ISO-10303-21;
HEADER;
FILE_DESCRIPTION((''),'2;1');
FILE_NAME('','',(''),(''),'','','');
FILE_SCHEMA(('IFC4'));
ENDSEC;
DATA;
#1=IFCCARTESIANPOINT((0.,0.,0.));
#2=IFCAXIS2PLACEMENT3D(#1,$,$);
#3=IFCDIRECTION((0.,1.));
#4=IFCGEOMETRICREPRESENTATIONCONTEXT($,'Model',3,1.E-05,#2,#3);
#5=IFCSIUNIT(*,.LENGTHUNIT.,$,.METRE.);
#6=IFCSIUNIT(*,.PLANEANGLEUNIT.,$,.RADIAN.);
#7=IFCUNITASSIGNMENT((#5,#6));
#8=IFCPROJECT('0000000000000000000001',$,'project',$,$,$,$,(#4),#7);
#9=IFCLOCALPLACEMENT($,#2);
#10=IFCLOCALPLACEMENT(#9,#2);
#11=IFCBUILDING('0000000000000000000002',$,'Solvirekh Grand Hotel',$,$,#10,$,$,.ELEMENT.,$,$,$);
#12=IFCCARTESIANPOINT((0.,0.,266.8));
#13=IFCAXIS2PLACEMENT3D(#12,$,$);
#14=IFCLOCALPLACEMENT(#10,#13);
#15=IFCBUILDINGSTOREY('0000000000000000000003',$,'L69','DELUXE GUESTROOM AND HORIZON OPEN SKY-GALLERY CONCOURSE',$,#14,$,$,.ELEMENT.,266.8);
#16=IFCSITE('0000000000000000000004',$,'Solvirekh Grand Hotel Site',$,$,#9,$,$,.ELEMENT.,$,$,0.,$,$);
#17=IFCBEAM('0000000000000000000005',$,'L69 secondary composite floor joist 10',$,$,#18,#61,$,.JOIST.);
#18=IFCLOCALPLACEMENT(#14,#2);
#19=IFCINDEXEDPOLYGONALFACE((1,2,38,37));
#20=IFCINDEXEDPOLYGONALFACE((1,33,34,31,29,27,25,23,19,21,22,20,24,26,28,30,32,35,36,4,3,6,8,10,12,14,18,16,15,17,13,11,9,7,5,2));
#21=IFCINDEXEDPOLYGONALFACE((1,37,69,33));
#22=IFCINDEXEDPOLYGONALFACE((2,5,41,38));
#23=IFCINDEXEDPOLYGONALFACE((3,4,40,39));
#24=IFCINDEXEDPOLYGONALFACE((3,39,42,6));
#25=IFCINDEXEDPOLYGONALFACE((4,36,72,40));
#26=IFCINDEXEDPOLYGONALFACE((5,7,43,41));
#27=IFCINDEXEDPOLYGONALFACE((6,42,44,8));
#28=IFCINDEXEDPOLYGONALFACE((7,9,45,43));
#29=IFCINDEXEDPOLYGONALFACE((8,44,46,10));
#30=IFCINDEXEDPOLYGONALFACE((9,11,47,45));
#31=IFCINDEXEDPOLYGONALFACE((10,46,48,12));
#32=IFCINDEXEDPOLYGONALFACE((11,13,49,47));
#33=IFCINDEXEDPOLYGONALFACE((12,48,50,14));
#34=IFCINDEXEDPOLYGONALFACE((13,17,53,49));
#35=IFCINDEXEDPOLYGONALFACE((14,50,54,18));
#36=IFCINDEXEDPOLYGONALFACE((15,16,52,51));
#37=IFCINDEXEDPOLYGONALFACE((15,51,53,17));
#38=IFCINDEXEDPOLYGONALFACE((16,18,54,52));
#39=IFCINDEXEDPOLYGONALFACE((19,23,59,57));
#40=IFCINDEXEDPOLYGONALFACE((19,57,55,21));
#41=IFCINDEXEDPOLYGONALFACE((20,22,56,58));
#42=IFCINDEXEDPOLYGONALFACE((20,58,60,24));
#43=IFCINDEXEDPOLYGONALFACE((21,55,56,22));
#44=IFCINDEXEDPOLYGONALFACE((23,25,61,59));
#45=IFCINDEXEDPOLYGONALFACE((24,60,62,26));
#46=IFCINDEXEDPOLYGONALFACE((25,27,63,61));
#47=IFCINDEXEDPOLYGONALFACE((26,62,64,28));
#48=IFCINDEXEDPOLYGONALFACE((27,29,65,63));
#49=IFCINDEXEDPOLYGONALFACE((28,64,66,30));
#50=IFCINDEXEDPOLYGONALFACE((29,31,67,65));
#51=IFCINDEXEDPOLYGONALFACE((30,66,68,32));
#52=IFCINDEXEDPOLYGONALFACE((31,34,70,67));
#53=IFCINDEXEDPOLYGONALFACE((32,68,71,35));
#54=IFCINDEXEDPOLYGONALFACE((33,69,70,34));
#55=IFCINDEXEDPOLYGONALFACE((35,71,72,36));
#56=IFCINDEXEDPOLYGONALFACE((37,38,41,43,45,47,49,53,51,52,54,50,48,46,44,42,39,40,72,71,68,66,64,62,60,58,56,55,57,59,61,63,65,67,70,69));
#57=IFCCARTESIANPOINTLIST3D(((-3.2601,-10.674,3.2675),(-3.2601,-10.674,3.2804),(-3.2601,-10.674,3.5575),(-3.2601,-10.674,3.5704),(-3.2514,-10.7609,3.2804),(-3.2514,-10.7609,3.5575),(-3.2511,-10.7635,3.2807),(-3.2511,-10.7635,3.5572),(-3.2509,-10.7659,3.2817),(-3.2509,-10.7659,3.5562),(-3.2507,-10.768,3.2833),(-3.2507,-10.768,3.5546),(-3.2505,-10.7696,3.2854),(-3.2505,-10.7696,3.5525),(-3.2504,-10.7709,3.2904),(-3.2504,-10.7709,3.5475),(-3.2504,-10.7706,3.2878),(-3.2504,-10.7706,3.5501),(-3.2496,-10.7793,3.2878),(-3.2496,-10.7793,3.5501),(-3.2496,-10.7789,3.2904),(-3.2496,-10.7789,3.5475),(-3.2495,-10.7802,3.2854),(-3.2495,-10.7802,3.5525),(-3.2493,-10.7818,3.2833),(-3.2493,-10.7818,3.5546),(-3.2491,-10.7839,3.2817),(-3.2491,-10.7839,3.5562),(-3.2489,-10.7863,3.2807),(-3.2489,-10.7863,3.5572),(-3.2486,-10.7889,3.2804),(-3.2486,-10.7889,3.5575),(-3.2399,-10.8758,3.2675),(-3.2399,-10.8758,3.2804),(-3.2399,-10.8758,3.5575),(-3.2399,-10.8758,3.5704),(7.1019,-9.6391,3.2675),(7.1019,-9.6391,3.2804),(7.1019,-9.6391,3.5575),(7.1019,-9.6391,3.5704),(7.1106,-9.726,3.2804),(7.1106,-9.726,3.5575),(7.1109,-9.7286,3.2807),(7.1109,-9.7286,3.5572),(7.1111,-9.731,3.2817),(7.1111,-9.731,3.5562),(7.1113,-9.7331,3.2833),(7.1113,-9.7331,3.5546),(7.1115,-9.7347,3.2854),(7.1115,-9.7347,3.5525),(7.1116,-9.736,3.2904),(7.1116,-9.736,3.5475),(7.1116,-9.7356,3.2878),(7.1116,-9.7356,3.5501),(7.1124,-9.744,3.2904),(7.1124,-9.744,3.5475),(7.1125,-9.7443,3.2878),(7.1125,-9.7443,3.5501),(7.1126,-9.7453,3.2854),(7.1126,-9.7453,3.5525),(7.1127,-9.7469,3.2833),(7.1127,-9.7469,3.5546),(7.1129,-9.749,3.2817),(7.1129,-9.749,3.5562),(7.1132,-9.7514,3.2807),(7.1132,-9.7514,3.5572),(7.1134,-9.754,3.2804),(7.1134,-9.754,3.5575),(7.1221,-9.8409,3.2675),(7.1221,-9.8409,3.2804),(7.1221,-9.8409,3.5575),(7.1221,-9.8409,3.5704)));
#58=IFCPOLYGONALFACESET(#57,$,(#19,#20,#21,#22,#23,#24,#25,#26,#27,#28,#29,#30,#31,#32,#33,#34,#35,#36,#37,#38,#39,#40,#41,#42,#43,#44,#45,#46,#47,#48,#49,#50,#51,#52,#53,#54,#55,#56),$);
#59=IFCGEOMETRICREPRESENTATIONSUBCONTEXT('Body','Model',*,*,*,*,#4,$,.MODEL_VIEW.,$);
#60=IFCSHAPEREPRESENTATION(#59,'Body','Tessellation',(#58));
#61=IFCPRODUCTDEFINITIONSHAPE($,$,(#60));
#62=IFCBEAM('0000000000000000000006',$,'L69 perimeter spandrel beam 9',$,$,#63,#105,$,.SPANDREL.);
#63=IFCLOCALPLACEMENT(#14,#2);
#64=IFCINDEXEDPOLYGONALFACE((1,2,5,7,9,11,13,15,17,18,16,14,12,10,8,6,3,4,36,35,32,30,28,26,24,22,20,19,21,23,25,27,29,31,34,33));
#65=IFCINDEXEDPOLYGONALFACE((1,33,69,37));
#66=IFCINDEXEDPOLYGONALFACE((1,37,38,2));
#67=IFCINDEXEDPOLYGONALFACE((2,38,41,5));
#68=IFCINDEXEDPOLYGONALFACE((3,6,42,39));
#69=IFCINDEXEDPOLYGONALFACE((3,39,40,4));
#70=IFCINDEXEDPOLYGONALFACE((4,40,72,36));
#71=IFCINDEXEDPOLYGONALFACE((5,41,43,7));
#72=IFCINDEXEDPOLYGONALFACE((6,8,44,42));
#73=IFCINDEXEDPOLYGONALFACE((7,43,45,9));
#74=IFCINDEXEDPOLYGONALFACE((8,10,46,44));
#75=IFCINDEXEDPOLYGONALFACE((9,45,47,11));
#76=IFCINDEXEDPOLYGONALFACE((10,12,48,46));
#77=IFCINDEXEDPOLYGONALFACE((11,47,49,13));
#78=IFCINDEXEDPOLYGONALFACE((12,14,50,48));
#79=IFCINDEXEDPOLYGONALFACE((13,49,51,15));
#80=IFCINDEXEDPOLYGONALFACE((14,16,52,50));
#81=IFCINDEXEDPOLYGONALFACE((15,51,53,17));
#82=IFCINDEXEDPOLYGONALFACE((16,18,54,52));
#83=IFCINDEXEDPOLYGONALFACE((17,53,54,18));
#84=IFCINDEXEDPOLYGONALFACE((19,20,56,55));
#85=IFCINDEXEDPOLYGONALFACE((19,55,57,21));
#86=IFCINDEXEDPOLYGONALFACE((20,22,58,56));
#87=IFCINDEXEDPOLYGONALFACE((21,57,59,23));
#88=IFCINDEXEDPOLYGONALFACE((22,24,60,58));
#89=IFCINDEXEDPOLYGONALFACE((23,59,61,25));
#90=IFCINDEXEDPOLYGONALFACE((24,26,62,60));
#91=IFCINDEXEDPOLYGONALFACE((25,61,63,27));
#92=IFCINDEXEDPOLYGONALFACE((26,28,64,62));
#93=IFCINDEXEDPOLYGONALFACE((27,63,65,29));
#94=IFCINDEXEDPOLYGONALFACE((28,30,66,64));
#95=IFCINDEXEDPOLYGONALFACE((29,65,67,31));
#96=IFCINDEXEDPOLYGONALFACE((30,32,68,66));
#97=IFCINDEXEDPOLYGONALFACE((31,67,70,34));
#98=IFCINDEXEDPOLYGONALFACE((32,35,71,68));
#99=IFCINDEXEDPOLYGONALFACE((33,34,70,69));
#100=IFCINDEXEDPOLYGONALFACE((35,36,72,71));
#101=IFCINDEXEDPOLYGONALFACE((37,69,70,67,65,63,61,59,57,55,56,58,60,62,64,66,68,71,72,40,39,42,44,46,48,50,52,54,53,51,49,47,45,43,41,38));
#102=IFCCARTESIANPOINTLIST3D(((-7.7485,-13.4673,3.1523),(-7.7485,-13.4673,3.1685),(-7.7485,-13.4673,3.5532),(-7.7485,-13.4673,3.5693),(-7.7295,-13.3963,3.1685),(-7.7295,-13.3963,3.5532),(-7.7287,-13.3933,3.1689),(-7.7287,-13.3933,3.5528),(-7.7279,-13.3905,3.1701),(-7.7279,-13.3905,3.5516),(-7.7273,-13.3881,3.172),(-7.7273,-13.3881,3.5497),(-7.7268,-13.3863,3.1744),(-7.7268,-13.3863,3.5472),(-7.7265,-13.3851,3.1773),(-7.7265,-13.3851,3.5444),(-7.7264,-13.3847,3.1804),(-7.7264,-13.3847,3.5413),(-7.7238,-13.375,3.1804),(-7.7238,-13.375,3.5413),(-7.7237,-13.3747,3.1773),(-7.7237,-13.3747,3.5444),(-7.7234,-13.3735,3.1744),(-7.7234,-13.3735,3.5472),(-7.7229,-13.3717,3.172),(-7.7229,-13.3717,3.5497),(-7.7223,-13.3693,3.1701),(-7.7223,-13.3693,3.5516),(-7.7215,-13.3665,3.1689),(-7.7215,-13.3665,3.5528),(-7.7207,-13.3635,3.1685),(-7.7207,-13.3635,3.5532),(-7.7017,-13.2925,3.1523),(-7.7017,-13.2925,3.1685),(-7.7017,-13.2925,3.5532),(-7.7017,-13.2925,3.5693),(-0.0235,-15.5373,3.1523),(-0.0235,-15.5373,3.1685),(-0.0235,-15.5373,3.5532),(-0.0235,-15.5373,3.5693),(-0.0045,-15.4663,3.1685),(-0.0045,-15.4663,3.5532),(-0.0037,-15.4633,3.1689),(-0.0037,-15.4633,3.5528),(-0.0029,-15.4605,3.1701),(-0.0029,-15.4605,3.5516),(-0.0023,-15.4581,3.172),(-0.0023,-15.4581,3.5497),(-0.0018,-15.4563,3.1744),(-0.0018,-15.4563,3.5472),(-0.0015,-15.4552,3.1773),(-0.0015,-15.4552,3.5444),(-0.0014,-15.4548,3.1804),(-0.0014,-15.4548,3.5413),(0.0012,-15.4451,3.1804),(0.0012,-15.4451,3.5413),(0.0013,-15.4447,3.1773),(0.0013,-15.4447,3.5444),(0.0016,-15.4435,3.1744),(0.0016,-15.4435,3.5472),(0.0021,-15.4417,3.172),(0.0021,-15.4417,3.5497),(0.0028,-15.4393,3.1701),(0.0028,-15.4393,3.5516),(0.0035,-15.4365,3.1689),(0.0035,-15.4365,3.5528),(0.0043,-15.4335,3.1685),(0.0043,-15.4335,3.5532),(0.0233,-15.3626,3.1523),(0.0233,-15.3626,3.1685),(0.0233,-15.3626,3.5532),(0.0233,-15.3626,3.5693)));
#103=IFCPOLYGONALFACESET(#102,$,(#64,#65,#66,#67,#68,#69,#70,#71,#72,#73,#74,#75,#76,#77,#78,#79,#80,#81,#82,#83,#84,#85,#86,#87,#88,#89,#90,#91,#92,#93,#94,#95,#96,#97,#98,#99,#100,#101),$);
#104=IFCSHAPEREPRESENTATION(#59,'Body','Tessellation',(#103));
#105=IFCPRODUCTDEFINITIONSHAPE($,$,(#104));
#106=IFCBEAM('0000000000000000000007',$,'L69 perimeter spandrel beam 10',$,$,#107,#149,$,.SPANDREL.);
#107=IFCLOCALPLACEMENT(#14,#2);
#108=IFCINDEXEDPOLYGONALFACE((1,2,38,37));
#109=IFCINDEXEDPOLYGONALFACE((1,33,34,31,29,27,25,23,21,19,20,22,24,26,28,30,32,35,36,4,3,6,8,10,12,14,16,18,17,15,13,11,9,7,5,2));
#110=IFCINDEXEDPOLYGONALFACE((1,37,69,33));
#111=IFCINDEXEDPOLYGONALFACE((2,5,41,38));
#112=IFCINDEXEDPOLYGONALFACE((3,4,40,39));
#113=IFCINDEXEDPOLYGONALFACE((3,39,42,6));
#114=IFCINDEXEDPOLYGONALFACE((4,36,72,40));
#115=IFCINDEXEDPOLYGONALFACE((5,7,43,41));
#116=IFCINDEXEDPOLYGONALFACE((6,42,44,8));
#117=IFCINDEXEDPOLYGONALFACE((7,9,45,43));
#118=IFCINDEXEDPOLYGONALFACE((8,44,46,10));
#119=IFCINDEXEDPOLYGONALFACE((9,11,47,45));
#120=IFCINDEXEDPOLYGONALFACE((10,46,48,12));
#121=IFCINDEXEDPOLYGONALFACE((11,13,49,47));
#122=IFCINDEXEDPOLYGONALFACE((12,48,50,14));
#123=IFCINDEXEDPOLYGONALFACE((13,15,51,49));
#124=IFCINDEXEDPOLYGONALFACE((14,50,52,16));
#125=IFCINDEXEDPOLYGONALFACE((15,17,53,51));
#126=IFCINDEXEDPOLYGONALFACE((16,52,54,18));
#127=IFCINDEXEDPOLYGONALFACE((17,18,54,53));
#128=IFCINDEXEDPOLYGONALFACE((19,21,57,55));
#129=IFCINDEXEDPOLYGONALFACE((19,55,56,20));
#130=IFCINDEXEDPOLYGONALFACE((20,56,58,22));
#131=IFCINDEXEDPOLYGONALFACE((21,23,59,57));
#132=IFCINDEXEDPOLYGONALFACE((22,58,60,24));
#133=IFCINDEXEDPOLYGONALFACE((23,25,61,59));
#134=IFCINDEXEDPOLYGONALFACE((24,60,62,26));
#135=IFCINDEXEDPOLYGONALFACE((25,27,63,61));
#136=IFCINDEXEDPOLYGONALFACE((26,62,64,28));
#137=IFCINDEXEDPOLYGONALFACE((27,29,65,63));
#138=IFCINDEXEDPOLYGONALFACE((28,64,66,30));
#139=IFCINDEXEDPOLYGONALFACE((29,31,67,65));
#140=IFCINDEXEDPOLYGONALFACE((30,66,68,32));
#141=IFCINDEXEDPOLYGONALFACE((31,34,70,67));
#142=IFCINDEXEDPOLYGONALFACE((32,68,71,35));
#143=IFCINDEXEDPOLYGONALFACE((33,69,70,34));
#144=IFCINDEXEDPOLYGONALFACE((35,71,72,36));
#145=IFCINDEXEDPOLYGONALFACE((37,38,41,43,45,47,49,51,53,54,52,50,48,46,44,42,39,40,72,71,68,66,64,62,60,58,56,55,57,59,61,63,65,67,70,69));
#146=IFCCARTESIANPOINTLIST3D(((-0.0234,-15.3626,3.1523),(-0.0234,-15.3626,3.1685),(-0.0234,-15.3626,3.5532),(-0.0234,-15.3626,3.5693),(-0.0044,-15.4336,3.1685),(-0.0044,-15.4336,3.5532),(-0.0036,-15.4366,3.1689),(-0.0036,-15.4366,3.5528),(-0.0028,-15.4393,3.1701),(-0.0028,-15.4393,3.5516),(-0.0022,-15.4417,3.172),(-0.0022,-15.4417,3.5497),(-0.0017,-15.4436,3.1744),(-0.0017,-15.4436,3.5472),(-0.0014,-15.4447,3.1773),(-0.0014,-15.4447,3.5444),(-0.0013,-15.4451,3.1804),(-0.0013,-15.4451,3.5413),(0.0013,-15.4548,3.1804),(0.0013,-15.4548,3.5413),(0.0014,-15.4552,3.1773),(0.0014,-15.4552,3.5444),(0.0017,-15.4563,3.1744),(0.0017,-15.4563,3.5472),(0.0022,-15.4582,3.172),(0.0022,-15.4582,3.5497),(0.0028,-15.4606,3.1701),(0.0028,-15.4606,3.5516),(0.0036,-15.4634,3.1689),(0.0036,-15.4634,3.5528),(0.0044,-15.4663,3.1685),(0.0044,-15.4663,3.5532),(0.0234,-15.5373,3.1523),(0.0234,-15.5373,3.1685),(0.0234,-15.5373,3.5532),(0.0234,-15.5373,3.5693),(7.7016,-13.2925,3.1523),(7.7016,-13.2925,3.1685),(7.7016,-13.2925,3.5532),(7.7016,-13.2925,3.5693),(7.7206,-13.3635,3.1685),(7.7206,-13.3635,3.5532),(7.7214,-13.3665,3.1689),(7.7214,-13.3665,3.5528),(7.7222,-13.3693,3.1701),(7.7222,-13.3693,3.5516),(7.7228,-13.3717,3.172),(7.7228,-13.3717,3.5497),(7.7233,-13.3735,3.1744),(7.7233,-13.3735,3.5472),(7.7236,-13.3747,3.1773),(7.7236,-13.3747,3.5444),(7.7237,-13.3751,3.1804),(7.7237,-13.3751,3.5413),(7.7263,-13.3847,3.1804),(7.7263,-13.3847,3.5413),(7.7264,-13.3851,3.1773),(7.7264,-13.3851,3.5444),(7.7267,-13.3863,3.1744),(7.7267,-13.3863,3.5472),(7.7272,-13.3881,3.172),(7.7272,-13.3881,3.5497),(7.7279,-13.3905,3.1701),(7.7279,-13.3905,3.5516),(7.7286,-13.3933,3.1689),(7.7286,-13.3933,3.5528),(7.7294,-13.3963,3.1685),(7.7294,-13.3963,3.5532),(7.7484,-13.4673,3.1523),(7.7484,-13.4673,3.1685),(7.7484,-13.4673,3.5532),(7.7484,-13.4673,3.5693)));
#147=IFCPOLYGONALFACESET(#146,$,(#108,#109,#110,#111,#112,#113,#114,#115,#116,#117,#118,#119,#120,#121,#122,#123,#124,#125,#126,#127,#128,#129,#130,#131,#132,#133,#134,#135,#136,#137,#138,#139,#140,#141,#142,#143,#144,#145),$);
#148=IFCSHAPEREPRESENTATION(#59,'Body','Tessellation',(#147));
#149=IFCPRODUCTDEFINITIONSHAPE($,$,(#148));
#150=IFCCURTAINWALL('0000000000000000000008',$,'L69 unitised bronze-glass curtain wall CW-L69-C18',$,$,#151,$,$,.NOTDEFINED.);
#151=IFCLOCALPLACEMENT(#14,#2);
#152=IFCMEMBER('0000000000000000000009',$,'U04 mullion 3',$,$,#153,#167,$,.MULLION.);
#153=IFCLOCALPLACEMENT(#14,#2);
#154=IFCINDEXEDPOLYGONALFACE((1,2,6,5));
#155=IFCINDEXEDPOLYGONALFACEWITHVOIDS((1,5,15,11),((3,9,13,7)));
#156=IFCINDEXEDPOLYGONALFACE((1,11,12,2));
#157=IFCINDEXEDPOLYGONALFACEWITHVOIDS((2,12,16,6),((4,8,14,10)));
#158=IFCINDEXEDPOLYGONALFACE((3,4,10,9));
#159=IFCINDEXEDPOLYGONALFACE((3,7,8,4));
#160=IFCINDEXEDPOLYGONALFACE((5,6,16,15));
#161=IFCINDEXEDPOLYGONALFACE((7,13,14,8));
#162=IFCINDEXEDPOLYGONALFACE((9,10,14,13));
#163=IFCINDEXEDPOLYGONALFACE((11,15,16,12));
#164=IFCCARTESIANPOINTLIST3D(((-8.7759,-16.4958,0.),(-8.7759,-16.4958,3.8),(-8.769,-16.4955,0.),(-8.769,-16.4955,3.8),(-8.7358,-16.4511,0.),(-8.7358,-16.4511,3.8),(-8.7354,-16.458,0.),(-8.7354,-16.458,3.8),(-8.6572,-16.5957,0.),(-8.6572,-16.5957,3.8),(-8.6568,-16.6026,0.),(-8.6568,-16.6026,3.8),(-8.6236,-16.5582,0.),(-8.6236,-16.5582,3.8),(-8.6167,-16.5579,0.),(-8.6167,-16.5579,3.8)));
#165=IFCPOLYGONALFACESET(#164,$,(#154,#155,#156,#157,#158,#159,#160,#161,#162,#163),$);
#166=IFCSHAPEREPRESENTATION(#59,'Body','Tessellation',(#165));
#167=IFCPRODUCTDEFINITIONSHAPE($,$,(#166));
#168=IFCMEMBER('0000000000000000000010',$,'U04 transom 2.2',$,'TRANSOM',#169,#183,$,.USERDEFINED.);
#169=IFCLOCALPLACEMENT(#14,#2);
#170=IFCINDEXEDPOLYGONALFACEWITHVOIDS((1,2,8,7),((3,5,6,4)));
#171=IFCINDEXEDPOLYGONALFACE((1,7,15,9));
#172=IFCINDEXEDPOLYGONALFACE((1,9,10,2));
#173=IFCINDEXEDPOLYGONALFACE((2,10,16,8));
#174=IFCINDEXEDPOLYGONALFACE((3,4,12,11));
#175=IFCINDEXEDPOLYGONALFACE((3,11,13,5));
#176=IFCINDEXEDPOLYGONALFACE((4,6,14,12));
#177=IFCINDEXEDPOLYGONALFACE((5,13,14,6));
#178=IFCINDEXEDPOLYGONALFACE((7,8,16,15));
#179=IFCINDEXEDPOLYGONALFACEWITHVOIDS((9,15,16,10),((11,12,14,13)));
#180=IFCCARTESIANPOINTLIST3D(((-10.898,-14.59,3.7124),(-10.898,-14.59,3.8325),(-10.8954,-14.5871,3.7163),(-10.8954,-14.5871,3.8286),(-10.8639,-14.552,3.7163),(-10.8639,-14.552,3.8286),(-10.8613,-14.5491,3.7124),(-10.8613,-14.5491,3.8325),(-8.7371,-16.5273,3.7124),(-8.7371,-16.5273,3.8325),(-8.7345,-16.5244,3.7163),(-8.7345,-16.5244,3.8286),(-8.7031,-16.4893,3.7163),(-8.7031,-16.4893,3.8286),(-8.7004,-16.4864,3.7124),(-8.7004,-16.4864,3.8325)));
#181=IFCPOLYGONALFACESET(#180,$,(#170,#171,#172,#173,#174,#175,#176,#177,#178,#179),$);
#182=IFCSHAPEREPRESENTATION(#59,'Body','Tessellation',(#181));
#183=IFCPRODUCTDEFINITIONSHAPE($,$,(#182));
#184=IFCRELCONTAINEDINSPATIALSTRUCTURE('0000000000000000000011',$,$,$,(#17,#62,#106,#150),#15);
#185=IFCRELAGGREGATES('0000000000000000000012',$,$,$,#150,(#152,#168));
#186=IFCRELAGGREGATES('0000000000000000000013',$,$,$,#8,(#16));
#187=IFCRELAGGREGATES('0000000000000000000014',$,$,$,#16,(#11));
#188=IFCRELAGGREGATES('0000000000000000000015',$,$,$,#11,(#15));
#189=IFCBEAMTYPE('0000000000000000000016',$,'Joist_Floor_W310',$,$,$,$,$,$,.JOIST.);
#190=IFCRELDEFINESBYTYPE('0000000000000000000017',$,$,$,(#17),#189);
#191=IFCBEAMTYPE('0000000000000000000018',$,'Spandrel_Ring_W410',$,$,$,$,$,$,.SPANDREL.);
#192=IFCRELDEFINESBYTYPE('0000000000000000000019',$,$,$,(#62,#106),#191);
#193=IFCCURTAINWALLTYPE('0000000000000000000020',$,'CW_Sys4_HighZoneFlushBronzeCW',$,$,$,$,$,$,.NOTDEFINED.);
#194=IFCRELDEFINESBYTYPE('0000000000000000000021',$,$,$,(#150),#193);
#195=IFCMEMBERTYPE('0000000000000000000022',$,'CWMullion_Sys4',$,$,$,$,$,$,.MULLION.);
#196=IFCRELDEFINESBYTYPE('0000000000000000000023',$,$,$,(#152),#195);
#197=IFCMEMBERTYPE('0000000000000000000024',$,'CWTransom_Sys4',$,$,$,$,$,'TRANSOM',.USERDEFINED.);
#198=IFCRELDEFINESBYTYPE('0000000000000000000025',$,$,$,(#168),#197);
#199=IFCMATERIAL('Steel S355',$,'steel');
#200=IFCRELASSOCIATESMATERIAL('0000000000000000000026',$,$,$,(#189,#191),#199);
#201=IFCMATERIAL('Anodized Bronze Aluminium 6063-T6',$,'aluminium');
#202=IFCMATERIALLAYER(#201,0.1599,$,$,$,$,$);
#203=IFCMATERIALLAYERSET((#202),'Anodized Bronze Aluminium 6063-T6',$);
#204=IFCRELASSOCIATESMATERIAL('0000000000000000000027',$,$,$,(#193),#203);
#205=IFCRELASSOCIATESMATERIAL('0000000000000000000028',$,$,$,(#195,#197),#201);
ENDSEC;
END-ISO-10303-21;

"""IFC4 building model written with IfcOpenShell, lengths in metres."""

from ifc_helpers import new_model, si_unit, direction, frame, origin, origin_2d, place, context, subcontext, project, spatial, hollow_rectangle, i_section, extrude, source, transform, mapped, material, layer, layer_set, material_profile, profile_set, type_object, element, aggregate, save


model = new_model("IFC4")

# Units and contexts
model_context = context("Model", 3, precision=1e-05, world=origin(), true_north=direction((0.0, 1.0)))
body_context = subcontext(model_context, "Body", "Model", "MODEL_VIEW")
ifc_project = project(units=[si_unit("LENGTHUNIT", "METRE"), si_unit("PLANEANGLEUNIT", "RADIAN")], contexts=[model_context])

# Site, building, storey
site_placement = place(None, origin())
site = spatial("IfcSite", under=ifc_project, at=site_placement, Name="Solvirekh Grand Hotel Site", CompositionType="ELEMENT", RefElevation=0.0)
building_placement = place(site_placement, origin())
building = spatial("IfcBuilding", under=site, at=building_placement, Name="Solvirekh Grand Hotel", CompositionType="ELEMENT")
storey_placement = place(building_placement, frame((0.0, 0.0, 266.8)))
storey = spatial("IfcBuildingStorey", under=building, at=storey_placement, Name="L69", Description="DELUXE GUESTROOM AND HORIZON OPEN SKY-GALLERY CONCOURSE", CompositionType="ELEMENT", Elevation=266.8)

# Beams
ifc_material_1 = material(Name="Steel S355", Category="steel")
ifc_material_profile_1 = material_profile(ifc_material_1, i_section(OverallWidth=0.2029, OverallDepth=0.303, WebThickness=0.0081, FlangeThickness=0.0129, FilletRadius=0.01, at=origin_2d()), Name="W310X60")
ifc_profile_set_1 = profile_set([ifc_material_profile_1], Name="Steel S355")
beam_type_1 = type_object("IfcBeamType", Name="Joist_Floor_W310", PredefinedType="JOIST", material=ifc_profile_set_1)
beam_1_placement = place(storey_placement, frame((-3.25, -10.7749, 3.4189), z_axis=(0.995049, 0.099381, 0.0), x_axis=(-0.099381, 0.995049, 0.0)))
element("IfcBeam", 1, at=beam_1_placement, inside=storey, type_object=beam_type_1, Name="L69 secondary composite floor joist 10", PredefinedType="JOIST", context=body_context, shape_type="SweptSolid", body=[
    extrude(i_section(OverallWidth=0.2029, OverallDepth=0.303, WebThickness=0.0081, FlangeThickness=0.0129, FilletRadius=0.01, at=origin_2d()), origin(), (0.0, 0.0, 1.0), 10.4136),
])
ifc_material_profile_2 = material_profile(ifc_material_1, i_section(OverallWidth=0.1809, OverallDepth=0.417, WebThickness=0.01, FlangeThickness=0.0161, FilletRadius=0.012, at=origin_2d()), Name="W410X85")
ifc_profile_set_2 = profile_set([ifc_material_profile_2], Name="Steel S355")
beam_type_2 = type_object("IfcBeamType", Name="Spandrel_Ring_W410", PredefinedType="SPANDREL", material=ifc_profile_set_2)
for number, where, z_axis, x_axis, name in (
    (2, (-7.7251, -13.3799, 3.3608), (0.965922, -0.258835, 0.0), (0.258835, 0.965922, 0.0), "L69 perimeter spandrel beam 9"),
    (3, (0.0, -15.45, 3.3608), (0.965922, 0.258835, 0.0), (-0.258835, 0.965922, 0.0), "L69 perimeter spandrel beam 10"),
):
    element("IfcBeam", number, at=place(storey_placement, frame(where, z_axis=z_axis, x_axis=x_axis)), inside=storey, type_object=beam_type_2, Name=name, PredefinedType="SPANDREL", context=body_context, shape_type="SweptSolid", body=[
        extrude(i_section(OverallWidth=0.1809, OverallDepth=0.417, WebThickness=0.01, FlangeThickness=0.0161, FilletRadius=0.012, at=origin_2d()), origin(), (0.0, 0.0, 1.0), 7.9976),
    ])

# Curtain wall, members
ifc_material_2 = material(Name="Anodized Bronze Aluminium 6063-T6", Category="aluminium")
ifc_layer_1 = layer(ifc_material_2, 0.1599)
ifc_layer_set_1 = layer_set([ifc_layer_1], Name="Anodized Bronze Aluminium 6063-T6")
curtain_wall_type = type_object("IfcCurtainWallType", Name="CW_Sys4_HighZoneFlushBronzeCW", PredefinedType="NOTDEFINED", material=ifc_layer_set_1)
curtain_wall_placement = place(storey_placement, origin())
curtain_wall = element("IfcCurtainWall", 4, at=curtain_wall_placement, inside=storey, type_object=curtain_wall_type, Name="L69 unitised bronze-glass curtain wall CW-L69-C18", PredefinedType="NOTDEFINED")
ifc_material_profile_3 = material_profile(ifc_material_2, hollow_rectangle(XDim=0.0601, YDim=0.1599, WallThickness=0.0049, at=origin_2d()), Name="ALU RHS 160X60X5")
ifc_profile_set_3 = profile_set([ifc_material_profile_3], Name="Anodized Bronze Aluminium 6063-T6")
member_type_1 = type_object("IfcMemberType", Name="CWMullion_Sys4", PredefinedType="MULLION", material=ifc_profile_set_3)
shared_shape_1 = source(origin(), body_context, "Body", "SweptSolid", [
    extrude(hollow_rectangle(XDim=0.0601, YDim=0.1599, WallThickness=0.0049, at=origin_2d()), origin(), (0.0, 0.0, 1.0), 3.8),
])
member_1_placement = place(storey_placement, frame((-8.6963, -16.5269, 0.0), z_axis=(0.0, 0.0, 1.0), x_axis=(0.667542, 0.744572, 0.0)))
member_1 = element("IfcMember", 5, at=member_1_placement, type_object=member_type_1, Name="U04 mullion 3", PredefinedType="MULLION", context=body_context, shape_type="MappedRepresentation", body=[
    mapped(shared_shape_1, transform((0.0, 0.0, 0.0), x_axis=(1.0, 0.0, 0.0), y_axis=(0.0, 1.0, 0.0), z_axis=(0.0, 0.0, 1.0), scale=1.0)),
])
ifc_material_profile_4 = material_profile(ifc_material_2, hollow_rectangle(XDim=0.0549, YDim=0.1201, WallThickness=0.0039, at=origin_2d()), Name="ALU RHS 120X55X4")
ifc_profile_set_4 = profile_set([ifc_material_profile_4], Name="Anodized Bronze Aluminium 6063-T6")
member_type_2 = type_object("IfcMemberType", Name="CWTransom_Sys4", ElementType="TRANSOM", PredefinedType="USERDEFINED", material=ifc_profile_set_4)
shared_shape_2 = source(origin(), body_context, "Body", "SweptSolid", [
    extrude(hollow_rectangle(XDim=0.0549, YDim=0.1201, WallThickness=0.0039, at=origin_2d()), origin(), (0.0, 0.0, 1.0), 2.9021),
])
member_2_placement = place(storey_placement, frame((-10.8796, -14.5696, 3.7725), z_axis=(0.744585, -0.667527, 0.0), x_axis=(0.667527, 0.744585, 0.0)))
member_2 = element("IfcMember", 6, at=member_2_placement, type_object=member_type_2, Name="U04 transom 2.2", ObjectType="TRANSOM", PredefinedType="USERDEFINED", context=body_context, shape_type="MappedRepresentation", body=[
    mapped(shared_shape_2, transform((0.0, 0.0, 0.0), x_axis=(1.0, 0.0, 0.0), y_axis=(0.0, 1.0, 0.0), z_axis=(0.0, 0.0, 1.0), scale=1.0)),
])
aggregate(curtain_wall, [member_1, member_2])

save(model, "model.ifc")
